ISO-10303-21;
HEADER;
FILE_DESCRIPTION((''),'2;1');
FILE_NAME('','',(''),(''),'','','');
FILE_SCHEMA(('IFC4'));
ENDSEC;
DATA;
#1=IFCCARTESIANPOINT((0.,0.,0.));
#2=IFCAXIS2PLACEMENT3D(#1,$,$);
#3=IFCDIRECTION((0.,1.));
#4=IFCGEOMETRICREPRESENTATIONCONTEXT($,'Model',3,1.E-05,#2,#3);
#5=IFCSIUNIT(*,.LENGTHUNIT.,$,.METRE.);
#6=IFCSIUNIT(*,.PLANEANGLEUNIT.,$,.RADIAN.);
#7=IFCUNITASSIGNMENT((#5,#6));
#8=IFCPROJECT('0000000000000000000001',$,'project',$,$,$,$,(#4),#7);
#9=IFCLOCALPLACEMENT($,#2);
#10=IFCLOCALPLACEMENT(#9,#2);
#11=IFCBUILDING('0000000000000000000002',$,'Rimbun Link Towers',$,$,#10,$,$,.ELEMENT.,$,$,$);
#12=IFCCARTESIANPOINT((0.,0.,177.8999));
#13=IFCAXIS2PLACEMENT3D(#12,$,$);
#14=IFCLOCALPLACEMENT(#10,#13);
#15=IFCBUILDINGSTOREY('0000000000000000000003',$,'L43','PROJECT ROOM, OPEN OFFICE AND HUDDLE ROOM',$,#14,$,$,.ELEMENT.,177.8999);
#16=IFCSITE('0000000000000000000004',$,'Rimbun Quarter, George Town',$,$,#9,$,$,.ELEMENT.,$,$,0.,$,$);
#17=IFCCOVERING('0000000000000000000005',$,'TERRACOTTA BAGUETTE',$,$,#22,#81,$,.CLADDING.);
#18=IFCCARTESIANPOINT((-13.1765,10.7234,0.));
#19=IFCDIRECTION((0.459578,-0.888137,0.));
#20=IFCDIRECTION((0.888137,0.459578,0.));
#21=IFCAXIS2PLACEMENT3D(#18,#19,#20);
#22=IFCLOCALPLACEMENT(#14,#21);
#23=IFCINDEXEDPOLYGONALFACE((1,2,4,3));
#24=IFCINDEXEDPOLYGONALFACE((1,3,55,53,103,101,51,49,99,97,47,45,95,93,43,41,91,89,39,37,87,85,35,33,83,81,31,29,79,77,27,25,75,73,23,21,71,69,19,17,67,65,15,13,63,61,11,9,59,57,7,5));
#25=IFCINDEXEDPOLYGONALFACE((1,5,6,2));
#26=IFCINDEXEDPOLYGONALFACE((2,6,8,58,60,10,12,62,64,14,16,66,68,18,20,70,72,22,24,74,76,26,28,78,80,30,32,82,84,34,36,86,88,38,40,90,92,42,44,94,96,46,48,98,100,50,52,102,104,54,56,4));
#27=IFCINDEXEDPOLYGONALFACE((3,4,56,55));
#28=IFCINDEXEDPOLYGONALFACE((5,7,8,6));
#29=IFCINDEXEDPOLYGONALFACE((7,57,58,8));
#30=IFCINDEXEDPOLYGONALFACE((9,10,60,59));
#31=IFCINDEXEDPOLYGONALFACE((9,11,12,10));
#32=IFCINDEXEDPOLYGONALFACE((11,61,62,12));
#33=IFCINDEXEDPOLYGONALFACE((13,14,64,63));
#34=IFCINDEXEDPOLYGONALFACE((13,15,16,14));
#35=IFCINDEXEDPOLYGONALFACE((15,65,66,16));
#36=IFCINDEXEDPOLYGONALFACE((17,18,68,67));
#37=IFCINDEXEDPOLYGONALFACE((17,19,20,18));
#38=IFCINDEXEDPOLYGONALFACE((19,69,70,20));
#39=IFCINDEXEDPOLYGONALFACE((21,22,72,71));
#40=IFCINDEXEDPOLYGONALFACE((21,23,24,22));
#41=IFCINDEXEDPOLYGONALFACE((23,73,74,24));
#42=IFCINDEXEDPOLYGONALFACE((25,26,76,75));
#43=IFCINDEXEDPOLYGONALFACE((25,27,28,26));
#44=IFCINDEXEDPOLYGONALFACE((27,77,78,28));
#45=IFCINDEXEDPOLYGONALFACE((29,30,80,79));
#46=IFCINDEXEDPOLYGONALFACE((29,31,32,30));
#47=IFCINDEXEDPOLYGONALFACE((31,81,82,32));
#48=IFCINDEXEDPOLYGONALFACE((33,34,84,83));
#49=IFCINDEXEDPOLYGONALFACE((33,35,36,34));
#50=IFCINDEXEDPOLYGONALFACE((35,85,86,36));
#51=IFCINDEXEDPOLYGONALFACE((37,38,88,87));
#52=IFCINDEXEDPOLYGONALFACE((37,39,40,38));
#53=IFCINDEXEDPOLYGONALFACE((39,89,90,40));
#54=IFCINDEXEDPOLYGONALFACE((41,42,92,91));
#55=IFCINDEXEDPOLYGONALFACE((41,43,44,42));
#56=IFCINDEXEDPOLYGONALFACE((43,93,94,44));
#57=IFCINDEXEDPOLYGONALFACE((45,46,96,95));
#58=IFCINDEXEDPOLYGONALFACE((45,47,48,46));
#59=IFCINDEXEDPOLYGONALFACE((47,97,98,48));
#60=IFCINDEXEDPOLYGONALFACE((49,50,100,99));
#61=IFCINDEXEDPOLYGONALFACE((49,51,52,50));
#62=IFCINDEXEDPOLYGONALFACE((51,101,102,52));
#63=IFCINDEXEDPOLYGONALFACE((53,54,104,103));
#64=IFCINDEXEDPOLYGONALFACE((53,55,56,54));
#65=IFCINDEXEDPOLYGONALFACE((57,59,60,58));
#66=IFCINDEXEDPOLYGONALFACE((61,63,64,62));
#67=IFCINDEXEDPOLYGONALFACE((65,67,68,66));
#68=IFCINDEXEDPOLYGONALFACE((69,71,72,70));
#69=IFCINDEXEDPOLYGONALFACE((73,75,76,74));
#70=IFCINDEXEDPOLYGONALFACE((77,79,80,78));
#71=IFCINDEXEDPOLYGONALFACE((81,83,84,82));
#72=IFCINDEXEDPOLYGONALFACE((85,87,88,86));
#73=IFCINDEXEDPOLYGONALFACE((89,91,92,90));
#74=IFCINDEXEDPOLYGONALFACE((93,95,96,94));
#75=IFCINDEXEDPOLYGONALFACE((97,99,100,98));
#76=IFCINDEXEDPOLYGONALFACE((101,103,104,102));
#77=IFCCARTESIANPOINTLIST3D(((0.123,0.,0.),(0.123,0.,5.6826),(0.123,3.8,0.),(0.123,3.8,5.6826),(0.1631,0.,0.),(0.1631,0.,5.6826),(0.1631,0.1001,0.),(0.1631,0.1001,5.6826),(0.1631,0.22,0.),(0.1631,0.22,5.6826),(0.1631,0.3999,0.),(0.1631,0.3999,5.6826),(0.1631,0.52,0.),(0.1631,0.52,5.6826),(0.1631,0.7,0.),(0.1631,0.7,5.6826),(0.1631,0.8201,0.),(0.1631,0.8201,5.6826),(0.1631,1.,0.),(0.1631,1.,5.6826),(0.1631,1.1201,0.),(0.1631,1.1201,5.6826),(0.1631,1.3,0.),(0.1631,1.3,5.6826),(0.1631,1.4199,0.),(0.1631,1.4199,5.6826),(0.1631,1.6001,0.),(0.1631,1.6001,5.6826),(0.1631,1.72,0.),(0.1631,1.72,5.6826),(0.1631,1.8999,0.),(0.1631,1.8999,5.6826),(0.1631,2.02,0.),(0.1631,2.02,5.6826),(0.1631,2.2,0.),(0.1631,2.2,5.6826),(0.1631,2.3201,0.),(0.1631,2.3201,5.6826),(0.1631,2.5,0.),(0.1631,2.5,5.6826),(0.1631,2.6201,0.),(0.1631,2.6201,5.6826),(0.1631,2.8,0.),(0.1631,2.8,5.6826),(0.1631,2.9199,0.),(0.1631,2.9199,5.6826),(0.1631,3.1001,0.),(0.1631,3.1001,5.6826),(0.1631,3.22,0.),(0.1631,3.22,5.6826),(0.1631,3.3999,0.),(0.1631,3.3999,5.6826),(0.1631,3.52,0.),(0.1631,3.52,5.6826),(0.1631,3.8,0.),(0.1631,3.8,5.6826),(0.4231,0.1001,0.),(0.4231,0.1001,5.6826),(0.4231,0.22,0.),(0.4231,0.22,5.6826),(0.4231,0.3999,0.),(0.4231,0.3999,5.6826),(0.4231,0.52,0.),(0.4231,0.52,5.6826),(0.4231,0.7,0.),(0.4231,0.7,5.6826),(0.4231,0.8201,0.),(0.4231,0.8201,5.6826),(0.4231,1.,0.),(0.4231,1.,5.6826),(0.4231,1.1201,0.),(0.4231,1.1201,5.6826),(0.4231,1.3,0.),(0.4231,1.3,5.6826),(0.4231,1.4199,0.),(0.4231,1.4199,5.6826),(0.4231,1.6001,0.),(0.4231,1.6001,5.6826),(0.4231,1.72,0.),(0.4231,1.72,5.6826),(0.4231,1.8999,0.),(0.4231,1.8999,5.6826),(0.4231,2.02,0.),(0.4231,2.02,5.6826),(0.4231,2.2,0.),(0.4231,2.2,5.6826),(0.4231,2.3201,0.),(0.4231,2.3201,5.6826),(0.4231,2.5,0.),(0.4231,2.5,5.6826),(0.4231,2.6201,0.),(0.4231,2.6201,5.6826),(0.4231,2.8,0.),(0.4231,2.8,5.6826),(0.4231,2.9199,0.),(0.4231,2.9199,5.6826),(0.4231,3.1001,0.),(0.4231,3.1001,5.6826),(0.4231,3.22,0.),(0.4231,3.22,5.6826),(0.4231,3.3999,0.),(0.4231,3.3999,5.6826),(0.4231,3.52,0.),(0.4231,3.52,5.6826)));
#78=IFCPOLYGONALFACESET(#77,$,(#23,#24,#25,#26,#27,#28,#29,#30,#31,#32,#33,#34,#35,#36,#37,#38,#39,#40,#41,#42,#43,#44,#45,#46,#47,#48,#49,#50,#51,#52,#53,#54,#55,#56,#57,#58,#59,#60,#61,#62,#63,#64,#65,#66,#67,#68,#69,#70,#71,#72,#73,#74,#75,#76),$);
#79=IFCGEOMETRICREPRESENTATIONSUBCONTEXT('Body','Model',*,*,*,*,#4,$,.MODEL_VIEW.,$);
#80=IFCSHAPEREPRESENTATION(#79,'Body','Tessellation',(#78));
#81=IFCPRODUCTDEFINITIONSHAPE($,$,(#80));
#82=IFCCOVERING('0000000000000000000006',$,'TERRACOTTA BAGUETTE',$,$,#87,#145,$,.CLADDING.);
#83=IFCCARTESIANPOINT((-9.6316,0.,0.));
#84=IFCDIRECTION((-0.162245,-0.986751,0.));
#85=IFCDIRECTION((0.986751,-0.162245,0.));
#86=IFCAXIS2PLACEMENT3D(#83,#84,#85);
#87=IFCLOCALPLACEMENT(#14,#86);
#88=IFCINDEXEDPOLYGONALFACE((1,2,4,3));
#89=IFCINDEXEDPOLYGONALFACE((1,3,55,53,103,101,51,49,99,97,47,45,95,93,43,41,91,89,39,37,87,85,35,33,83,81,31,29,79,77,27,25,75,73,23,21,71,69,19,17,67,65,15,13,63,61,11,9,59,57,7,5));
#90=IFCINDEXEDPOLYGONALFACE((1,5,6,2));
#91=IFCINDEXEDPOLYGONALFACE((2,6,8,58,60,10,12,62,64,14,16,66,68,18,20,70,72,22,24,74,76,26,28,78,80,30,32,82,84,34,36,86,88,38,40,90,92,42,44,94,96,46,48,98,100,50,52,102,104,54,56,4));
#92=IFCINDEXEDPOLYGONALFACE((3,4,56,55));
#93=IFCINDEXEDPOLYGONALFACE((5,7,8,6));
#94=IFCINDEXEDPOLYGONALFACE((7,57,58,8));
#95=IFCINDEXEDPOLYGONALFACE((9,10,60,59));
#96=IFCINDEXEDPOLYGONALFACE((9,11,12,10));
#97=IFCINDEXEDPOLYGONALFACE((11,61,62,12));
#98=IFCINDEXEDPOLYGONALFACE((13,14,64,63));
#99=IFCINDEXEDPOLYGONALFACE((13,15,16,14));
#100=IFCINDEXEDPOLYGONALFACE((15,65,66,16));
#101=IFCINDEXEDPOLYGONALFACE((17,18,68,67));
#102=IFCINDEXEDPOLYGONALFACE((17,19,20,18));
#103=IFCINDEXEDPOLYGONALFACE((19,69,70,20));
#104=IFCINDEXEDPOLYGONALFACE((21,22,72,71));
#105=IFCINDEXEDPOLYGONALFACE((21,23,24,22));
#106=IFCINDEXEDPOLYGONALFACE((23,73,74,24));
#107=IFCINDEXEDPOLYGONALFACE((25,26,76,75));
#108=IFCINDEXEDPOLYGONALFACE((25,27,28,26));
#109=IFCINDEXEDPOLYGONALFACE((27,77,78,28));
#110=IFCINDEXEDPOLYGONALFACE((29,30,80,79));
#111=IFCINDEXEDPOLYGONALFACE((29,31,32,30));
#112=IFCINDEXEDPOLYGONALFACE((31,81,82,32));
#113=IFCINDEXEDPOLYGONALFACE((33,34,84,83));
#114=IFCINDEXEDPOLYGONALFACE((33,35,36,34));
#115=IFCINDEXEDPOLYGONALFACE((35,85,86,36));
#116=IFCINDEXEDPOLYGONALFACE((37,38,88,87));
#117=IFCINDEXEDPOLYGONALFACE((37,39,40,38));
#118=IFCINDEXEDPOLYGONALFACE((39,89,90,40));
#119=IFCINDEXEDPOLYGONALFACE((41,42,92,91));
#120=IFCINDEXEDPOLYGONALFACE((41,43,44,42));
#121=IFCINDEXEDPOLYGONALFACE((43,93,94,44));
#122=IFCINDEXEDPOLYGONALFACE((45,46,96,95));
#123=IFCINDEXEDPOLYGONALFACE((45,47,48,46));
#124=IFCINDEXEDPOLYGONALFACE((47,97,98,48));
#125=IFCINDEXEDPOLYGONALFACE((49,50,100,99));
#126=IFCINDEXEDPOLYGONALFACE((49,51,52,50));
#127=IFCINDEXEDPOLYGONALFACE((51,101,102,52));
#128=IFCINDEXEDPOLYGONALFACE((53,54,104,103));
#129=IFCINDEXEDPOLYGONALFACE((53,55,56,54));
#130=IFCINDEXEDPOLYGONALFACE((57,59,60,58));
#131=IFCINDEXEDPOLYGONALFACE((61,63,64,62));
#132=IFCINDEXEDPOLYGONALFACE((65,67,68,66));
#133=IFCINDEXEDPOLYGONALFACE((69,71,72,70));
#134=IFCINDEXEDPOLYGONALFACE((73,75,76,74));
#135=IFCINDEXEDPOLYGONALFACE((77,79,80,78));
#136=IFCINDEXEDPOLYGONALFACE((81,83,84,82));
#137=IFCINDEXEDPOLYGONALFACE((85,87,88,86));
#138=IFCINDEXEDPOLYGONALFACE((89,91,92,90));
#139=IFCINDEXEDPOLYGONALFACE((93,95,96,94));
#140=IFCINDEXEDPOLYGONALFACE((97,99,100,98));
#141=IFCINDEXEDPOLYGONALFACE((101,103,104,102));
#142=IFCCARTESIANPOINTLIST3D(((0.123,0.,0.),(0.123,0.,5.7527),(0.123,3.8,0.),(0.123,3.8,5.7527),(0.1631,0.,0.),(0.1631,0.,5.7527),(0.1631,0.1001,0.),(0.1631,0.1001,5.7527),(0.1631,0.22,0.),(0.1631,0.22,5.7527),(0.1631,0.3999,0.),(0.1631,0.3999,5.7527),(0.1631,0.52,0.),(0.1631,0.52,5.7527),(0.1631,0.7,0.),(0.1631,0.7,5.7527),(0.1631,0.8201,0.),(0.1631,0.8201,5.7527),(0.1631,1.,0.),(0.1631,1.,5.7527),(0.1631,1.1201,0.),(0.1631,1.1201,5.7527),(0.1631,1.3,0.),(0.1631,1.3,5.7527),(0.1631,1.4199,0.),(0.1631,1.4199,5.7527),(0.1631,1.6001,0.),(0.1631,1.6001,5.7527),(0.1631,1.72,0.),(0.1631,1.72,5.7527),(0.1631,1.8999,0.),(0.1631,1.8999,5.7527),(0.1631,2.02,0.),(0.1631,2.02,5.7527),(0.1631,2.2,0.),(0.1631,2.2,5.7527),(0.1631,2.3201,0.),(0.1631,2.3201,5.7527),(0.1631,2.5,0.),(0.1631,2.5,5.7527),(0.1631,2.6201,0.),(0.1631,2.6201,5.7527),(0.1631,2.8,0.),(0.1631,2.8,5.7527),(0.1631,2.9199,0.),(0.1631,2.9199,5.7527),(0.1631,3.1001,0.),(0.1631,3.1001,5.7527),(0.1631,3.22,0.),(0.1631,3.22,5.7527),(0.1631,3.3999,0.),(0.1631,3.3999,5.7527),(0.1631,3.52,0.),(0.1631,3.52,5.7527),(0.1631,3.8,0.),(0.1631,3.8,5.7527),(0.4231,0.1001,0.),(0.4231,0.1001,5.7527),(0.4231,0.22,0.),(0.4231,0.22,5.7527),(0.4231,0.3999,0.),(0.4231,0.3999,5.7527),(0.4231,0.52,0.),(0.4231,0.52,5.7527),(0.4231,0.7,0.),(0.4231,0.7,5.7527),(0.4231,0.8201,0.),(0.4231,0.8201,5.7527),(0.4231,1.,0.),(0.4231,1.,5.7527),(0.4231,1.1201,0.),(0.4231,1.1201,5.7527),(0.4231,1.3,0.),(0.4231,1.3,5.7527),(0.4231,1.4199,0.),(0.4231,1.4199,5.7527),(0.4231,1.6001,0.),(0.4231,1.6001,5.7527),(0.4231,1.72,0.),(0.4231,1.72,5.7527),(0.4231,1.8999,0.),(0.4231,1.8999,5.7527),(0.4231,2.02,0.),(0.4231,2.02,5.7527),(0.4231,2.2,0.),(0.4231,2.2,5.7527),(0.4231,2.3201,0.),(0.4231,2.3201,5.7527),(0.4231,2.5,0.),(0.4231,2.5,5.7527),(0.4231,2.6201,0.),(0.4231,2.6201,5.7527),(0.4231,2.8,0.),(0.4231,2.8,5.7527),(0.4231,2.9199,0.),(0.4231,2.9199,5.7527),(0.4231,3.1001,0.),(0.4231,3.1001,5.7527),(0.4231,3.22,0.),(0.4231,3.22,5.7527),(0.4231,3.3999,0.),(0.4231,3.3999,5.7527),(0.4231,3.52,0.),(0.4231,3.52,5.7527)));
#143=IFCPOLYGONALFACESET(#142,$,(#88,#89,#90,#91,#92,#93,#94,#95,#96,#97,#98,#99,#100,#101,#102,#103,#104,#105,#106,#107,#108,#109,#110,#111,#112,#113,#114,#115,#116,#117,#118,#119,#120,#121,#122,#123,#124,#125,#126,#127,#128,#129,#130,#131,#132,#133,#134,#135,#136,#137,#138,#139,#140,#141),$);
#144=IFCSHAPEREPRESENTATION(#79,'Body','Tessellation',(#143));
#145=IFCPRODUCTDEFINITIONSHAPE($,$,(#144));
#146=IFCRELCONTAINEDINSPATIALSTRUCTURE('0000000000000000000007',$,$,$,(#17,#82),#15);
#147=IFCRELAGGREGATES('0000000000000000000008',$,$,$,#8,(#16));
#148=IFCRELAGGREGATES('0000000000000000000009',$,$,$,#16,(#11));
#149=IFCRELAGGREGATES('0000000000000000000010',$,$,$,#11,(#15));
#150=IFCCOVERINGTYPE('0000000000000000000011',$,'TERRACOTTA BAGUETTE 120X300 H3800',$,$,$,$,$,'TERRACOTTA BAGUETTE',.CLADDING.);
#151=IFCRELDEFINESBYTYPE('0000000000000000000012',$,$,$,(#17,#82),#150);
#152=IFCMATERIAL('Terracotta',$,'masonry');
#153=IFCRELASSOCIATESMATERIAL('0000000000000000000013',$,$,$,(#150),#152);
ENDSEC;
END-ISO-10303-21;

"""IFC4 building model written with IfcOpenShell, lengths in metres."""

from ifc_helpers import new_model, si_unit, direction, frame, origin, place, context, subcontext, project, spatial, polyline, outline, extrude, material, material_profile, profile_set, type_object, element, save


model = new_model("IFC4")

# Units and contexts
model_context = context("Model", 3, precision=1e-05, world=origin(), true_north=direction((0.0, 1.0)))
body_context = subcontext(model_context, "Body", "Model", "MODEL_VIEW")
ifc_project = project(units=[si_unit("LENGTHUNIT", "METRE"), si_unit("PLANEANGLEUNIT", "RADIAN")], contexts=[model_context])

# Site, building, storey
site_placement = place(None, origin())
site = spatial("IfcSite", under=ifc_project, at=site_placement, Name="Rimbun Quarter, George Town", CompositionType="ELEMENT", RefElevation=0.0)
building_placement = place(site_placement, origin())
building = spatial("IfcBuilding", under=site, at=building_placement, Name="Rimbun Link Towers", CompositionType="ELEMENT")
storey_placement = place(building_placement, frame((0.0, 0.0, 177.8999)))
storey = spatial("IfcBuildingStorey", under=building, at=storey_placement, Name="L43", Description="PROJECT ROOM, OPEN OFFICE AND HUDDLE ROOM", CompositionType="ELEMENT", Elevation=177.8999)

# Coverings
ifc_material_1 = material(Name="Terracotta", Category="masonry")
ifc_material_profile_1 = material_profile(ifc_material_1, outline(polyline([(0.123, 0.0), (0.1631, 0.0), (0.1631, 0.1001), (0.4231, 0.1001), (0.4231, 0.22), (0.1631, 0.22), (0.1631, 0.3999), (0.4231, 0.3999), (0.4231, 0.52), (0.1631, 0.52), (0.1631, 0.7), (0.4231, 0.7), (0.4231, 0.8201), (0.1631, 0.8201), (0.1631, 1.0), (0.4231, 1.0), (0.4231, 1.1201), (0.1631, 1.1201), (0.1631, 1.3), (0.4231, 1.3), (0.4231, 1.4199), (0.1631, 1.4199), (0.1631, 1.6001), (0.4231, 1.6001), (0.4231, 1.72), (0.1631, 1.72), (0.1631, 1.8999), (0.4231, 1.8999), (0.4231, 2.02), (0.1631, 2.02), (0.1631, 2.2), (0.4231, 2.2), (0.4231, 2.3201), (0.1631, 2.3201), (0.1631, 2.5), (0.4231, 2.5), (0.4231, 2.6201), (0.1631, 2.6201), (0.1631, 2.8), (0.4231, 2.8), (0.4231, 2.9199), (0.1631, 2.9199), (0.1631, 3.1001), (0.4231, 3.1001), (0.4231, 3.22), (0.1631, 3.22), (0.1631, 3.3999), (0.4231, 3.3999), (0.4231, 3.52), (0.1631, 3.52), (0.1631, 3.8), (0.123, 3.8), (0.123, 0.0)])), Name="BAGUETTE 120X300")
ifc_profile_set_1 = profile_set([ifc_material_profile_1], Name="Terracotta")
covering_type = type_object("IfcCoveringType", Name="TERRACOTTA BAGUETTE 120X300 H3800", ElementType="TERRACOTTA BAGUETTE", PredefinedType="CLADDING", material=ifc_profile_set_1)
covering_1_placement = place(storey_placement, frame((-13.1765, 10.7234, 0.0), z_axis=(0.459578, -0.888137, 0.0), x_axis=(0.888137, 0.459578, 0.0)))
element("IfcCovering", 1, at=covering_1_placement, inside=storey, type_object=covering_type, Name="TERRACOTTA BAGUETTE", PredefinedType="CLADDING", context=body_context, shape_type="SweptSolid", body=[
    extrude(outline(polyline([(0.123, 0.0), (0.1631, 0.0), (0.1631, 0.1001), (0.4231, 0.1001), (0.4231, 0.22), (0.1631, 0.22), (0.1631, 0.3999), (0.4231, 0.3999), (0.4231, 0.52), (0.1631, 0.52), (0.1631, 0.7), (0.4231, 0.7), (0.4231, 0.8201), (0.1631, 0.8201), (0.1631, 1.0), (0.4231, 1.0), (0.4231, 1.1201), (0.1631, 1.1201), (0.1631, 1.3), (0.4231, 1.3), (0.4231, 1.4199), (0.1631, 1.4199), (0.1631, 1.6001), (0.4231, 1.6001), (0.4231, 1.72), (0.1631, 1.72), (0.1631, 1.8999), (0.4231, 1.8999), (0.4231, 2.02), (0.1631, 2.02), (0.1631, 2.2), (0.4231, 2.2), (0.4231, 2.3201), (0.1631, 2.3201), (0.1631, 2.5), (0.4231, 2.5), (0.4231, 2.6201), (0.1631, 2.6201), (0.1631, 2.8), (0.4231, 2.8), (0.4231, 2.9199), (0.1631, 2.9199), (0.1631, 3.1001), (0.4231, 3.1001), (0.4231, 3.22), (0.1631, 3.22), (0.1631, 3.3999), (0.4231, 3.3999), (0.4231, 3.52), (0.1631, 3.52), (0.1631, 3.8), (0.123, 3.8), (0.123, 0.0)])), origin(), (0.0, 0.0, 1.0), 5.6826),
])
covering_2_placement = place(storey_placement, frame((-9.6316, 0.0, 0.0), z_axis=(-0.162245, -0.986751, 0.0), x_axis=(0.986751, -0.162245, 0.0)))
element("IfcCovering", 2, at=covering_2_placement, inside=storey, type_object=covering_type, Name="TERRACOTTA BAGUETTE", PredefinedType="CLADDING", context=body_context, shape_type="SweptSolid", body=[
    extrude(outline(polyline([(0.123, 0.0), (0.1631, 0.0), (0.1631, 0.1001), (0.4231, 0.1001), (0.4231, 0.22), (0.1631, 0.22), (0.1631, 0.3999), (0.4231, 0.3999), (0.4231, 0.52), (0.1631, 0.52), (0.1631, 0.7), (0.4231, 0.7), (0.4231, 0.8201), (0.1631, 0.8201), (0.1631, 1.0), (0.4231, 1.0), (0.4231, 1.1201), (0.1631, 1.1201), (0.1631, 1.3), (0.4231, 1.3), (0.4231, 1.4199), (0.1631, 1.4199), (0.1631, 1.6001), (0.4231, 1.6001), (0.4231, 1.72), (0.1631, 1.72), (0.1631, 1.8999), (0.4231, 1.8999), (0.4231, 2.02), (0.1631, 2.02), (0.1631, 2.2), (0.4231, 2.2), (0.4231, 2.3201), (0.1631, 2.3201), (0.1631, 2.5), (0.4231, 2.5), (0.4231, 2.6201), (0.1631, 2.6201), (0.1631, 2.8), (0.4231, 2.8), (0.4231, 2.9199), (0.1631, 2.9199), (0.1631, 3.1001), (0.4231, 3.1001), (0.4231, 3.22), (0.1631, 3.22), (0.1631, 3.3999), (0.4231, 3.3999), (0.4231, 3.52), (0.1631, 3.52), (0.1631, 3.8), (0.123, 3.8), (0.123, 0.0)])), origin(), (0.0, 0.0, 1.0), 5.7527),
])

save(model, "model.ifc")
